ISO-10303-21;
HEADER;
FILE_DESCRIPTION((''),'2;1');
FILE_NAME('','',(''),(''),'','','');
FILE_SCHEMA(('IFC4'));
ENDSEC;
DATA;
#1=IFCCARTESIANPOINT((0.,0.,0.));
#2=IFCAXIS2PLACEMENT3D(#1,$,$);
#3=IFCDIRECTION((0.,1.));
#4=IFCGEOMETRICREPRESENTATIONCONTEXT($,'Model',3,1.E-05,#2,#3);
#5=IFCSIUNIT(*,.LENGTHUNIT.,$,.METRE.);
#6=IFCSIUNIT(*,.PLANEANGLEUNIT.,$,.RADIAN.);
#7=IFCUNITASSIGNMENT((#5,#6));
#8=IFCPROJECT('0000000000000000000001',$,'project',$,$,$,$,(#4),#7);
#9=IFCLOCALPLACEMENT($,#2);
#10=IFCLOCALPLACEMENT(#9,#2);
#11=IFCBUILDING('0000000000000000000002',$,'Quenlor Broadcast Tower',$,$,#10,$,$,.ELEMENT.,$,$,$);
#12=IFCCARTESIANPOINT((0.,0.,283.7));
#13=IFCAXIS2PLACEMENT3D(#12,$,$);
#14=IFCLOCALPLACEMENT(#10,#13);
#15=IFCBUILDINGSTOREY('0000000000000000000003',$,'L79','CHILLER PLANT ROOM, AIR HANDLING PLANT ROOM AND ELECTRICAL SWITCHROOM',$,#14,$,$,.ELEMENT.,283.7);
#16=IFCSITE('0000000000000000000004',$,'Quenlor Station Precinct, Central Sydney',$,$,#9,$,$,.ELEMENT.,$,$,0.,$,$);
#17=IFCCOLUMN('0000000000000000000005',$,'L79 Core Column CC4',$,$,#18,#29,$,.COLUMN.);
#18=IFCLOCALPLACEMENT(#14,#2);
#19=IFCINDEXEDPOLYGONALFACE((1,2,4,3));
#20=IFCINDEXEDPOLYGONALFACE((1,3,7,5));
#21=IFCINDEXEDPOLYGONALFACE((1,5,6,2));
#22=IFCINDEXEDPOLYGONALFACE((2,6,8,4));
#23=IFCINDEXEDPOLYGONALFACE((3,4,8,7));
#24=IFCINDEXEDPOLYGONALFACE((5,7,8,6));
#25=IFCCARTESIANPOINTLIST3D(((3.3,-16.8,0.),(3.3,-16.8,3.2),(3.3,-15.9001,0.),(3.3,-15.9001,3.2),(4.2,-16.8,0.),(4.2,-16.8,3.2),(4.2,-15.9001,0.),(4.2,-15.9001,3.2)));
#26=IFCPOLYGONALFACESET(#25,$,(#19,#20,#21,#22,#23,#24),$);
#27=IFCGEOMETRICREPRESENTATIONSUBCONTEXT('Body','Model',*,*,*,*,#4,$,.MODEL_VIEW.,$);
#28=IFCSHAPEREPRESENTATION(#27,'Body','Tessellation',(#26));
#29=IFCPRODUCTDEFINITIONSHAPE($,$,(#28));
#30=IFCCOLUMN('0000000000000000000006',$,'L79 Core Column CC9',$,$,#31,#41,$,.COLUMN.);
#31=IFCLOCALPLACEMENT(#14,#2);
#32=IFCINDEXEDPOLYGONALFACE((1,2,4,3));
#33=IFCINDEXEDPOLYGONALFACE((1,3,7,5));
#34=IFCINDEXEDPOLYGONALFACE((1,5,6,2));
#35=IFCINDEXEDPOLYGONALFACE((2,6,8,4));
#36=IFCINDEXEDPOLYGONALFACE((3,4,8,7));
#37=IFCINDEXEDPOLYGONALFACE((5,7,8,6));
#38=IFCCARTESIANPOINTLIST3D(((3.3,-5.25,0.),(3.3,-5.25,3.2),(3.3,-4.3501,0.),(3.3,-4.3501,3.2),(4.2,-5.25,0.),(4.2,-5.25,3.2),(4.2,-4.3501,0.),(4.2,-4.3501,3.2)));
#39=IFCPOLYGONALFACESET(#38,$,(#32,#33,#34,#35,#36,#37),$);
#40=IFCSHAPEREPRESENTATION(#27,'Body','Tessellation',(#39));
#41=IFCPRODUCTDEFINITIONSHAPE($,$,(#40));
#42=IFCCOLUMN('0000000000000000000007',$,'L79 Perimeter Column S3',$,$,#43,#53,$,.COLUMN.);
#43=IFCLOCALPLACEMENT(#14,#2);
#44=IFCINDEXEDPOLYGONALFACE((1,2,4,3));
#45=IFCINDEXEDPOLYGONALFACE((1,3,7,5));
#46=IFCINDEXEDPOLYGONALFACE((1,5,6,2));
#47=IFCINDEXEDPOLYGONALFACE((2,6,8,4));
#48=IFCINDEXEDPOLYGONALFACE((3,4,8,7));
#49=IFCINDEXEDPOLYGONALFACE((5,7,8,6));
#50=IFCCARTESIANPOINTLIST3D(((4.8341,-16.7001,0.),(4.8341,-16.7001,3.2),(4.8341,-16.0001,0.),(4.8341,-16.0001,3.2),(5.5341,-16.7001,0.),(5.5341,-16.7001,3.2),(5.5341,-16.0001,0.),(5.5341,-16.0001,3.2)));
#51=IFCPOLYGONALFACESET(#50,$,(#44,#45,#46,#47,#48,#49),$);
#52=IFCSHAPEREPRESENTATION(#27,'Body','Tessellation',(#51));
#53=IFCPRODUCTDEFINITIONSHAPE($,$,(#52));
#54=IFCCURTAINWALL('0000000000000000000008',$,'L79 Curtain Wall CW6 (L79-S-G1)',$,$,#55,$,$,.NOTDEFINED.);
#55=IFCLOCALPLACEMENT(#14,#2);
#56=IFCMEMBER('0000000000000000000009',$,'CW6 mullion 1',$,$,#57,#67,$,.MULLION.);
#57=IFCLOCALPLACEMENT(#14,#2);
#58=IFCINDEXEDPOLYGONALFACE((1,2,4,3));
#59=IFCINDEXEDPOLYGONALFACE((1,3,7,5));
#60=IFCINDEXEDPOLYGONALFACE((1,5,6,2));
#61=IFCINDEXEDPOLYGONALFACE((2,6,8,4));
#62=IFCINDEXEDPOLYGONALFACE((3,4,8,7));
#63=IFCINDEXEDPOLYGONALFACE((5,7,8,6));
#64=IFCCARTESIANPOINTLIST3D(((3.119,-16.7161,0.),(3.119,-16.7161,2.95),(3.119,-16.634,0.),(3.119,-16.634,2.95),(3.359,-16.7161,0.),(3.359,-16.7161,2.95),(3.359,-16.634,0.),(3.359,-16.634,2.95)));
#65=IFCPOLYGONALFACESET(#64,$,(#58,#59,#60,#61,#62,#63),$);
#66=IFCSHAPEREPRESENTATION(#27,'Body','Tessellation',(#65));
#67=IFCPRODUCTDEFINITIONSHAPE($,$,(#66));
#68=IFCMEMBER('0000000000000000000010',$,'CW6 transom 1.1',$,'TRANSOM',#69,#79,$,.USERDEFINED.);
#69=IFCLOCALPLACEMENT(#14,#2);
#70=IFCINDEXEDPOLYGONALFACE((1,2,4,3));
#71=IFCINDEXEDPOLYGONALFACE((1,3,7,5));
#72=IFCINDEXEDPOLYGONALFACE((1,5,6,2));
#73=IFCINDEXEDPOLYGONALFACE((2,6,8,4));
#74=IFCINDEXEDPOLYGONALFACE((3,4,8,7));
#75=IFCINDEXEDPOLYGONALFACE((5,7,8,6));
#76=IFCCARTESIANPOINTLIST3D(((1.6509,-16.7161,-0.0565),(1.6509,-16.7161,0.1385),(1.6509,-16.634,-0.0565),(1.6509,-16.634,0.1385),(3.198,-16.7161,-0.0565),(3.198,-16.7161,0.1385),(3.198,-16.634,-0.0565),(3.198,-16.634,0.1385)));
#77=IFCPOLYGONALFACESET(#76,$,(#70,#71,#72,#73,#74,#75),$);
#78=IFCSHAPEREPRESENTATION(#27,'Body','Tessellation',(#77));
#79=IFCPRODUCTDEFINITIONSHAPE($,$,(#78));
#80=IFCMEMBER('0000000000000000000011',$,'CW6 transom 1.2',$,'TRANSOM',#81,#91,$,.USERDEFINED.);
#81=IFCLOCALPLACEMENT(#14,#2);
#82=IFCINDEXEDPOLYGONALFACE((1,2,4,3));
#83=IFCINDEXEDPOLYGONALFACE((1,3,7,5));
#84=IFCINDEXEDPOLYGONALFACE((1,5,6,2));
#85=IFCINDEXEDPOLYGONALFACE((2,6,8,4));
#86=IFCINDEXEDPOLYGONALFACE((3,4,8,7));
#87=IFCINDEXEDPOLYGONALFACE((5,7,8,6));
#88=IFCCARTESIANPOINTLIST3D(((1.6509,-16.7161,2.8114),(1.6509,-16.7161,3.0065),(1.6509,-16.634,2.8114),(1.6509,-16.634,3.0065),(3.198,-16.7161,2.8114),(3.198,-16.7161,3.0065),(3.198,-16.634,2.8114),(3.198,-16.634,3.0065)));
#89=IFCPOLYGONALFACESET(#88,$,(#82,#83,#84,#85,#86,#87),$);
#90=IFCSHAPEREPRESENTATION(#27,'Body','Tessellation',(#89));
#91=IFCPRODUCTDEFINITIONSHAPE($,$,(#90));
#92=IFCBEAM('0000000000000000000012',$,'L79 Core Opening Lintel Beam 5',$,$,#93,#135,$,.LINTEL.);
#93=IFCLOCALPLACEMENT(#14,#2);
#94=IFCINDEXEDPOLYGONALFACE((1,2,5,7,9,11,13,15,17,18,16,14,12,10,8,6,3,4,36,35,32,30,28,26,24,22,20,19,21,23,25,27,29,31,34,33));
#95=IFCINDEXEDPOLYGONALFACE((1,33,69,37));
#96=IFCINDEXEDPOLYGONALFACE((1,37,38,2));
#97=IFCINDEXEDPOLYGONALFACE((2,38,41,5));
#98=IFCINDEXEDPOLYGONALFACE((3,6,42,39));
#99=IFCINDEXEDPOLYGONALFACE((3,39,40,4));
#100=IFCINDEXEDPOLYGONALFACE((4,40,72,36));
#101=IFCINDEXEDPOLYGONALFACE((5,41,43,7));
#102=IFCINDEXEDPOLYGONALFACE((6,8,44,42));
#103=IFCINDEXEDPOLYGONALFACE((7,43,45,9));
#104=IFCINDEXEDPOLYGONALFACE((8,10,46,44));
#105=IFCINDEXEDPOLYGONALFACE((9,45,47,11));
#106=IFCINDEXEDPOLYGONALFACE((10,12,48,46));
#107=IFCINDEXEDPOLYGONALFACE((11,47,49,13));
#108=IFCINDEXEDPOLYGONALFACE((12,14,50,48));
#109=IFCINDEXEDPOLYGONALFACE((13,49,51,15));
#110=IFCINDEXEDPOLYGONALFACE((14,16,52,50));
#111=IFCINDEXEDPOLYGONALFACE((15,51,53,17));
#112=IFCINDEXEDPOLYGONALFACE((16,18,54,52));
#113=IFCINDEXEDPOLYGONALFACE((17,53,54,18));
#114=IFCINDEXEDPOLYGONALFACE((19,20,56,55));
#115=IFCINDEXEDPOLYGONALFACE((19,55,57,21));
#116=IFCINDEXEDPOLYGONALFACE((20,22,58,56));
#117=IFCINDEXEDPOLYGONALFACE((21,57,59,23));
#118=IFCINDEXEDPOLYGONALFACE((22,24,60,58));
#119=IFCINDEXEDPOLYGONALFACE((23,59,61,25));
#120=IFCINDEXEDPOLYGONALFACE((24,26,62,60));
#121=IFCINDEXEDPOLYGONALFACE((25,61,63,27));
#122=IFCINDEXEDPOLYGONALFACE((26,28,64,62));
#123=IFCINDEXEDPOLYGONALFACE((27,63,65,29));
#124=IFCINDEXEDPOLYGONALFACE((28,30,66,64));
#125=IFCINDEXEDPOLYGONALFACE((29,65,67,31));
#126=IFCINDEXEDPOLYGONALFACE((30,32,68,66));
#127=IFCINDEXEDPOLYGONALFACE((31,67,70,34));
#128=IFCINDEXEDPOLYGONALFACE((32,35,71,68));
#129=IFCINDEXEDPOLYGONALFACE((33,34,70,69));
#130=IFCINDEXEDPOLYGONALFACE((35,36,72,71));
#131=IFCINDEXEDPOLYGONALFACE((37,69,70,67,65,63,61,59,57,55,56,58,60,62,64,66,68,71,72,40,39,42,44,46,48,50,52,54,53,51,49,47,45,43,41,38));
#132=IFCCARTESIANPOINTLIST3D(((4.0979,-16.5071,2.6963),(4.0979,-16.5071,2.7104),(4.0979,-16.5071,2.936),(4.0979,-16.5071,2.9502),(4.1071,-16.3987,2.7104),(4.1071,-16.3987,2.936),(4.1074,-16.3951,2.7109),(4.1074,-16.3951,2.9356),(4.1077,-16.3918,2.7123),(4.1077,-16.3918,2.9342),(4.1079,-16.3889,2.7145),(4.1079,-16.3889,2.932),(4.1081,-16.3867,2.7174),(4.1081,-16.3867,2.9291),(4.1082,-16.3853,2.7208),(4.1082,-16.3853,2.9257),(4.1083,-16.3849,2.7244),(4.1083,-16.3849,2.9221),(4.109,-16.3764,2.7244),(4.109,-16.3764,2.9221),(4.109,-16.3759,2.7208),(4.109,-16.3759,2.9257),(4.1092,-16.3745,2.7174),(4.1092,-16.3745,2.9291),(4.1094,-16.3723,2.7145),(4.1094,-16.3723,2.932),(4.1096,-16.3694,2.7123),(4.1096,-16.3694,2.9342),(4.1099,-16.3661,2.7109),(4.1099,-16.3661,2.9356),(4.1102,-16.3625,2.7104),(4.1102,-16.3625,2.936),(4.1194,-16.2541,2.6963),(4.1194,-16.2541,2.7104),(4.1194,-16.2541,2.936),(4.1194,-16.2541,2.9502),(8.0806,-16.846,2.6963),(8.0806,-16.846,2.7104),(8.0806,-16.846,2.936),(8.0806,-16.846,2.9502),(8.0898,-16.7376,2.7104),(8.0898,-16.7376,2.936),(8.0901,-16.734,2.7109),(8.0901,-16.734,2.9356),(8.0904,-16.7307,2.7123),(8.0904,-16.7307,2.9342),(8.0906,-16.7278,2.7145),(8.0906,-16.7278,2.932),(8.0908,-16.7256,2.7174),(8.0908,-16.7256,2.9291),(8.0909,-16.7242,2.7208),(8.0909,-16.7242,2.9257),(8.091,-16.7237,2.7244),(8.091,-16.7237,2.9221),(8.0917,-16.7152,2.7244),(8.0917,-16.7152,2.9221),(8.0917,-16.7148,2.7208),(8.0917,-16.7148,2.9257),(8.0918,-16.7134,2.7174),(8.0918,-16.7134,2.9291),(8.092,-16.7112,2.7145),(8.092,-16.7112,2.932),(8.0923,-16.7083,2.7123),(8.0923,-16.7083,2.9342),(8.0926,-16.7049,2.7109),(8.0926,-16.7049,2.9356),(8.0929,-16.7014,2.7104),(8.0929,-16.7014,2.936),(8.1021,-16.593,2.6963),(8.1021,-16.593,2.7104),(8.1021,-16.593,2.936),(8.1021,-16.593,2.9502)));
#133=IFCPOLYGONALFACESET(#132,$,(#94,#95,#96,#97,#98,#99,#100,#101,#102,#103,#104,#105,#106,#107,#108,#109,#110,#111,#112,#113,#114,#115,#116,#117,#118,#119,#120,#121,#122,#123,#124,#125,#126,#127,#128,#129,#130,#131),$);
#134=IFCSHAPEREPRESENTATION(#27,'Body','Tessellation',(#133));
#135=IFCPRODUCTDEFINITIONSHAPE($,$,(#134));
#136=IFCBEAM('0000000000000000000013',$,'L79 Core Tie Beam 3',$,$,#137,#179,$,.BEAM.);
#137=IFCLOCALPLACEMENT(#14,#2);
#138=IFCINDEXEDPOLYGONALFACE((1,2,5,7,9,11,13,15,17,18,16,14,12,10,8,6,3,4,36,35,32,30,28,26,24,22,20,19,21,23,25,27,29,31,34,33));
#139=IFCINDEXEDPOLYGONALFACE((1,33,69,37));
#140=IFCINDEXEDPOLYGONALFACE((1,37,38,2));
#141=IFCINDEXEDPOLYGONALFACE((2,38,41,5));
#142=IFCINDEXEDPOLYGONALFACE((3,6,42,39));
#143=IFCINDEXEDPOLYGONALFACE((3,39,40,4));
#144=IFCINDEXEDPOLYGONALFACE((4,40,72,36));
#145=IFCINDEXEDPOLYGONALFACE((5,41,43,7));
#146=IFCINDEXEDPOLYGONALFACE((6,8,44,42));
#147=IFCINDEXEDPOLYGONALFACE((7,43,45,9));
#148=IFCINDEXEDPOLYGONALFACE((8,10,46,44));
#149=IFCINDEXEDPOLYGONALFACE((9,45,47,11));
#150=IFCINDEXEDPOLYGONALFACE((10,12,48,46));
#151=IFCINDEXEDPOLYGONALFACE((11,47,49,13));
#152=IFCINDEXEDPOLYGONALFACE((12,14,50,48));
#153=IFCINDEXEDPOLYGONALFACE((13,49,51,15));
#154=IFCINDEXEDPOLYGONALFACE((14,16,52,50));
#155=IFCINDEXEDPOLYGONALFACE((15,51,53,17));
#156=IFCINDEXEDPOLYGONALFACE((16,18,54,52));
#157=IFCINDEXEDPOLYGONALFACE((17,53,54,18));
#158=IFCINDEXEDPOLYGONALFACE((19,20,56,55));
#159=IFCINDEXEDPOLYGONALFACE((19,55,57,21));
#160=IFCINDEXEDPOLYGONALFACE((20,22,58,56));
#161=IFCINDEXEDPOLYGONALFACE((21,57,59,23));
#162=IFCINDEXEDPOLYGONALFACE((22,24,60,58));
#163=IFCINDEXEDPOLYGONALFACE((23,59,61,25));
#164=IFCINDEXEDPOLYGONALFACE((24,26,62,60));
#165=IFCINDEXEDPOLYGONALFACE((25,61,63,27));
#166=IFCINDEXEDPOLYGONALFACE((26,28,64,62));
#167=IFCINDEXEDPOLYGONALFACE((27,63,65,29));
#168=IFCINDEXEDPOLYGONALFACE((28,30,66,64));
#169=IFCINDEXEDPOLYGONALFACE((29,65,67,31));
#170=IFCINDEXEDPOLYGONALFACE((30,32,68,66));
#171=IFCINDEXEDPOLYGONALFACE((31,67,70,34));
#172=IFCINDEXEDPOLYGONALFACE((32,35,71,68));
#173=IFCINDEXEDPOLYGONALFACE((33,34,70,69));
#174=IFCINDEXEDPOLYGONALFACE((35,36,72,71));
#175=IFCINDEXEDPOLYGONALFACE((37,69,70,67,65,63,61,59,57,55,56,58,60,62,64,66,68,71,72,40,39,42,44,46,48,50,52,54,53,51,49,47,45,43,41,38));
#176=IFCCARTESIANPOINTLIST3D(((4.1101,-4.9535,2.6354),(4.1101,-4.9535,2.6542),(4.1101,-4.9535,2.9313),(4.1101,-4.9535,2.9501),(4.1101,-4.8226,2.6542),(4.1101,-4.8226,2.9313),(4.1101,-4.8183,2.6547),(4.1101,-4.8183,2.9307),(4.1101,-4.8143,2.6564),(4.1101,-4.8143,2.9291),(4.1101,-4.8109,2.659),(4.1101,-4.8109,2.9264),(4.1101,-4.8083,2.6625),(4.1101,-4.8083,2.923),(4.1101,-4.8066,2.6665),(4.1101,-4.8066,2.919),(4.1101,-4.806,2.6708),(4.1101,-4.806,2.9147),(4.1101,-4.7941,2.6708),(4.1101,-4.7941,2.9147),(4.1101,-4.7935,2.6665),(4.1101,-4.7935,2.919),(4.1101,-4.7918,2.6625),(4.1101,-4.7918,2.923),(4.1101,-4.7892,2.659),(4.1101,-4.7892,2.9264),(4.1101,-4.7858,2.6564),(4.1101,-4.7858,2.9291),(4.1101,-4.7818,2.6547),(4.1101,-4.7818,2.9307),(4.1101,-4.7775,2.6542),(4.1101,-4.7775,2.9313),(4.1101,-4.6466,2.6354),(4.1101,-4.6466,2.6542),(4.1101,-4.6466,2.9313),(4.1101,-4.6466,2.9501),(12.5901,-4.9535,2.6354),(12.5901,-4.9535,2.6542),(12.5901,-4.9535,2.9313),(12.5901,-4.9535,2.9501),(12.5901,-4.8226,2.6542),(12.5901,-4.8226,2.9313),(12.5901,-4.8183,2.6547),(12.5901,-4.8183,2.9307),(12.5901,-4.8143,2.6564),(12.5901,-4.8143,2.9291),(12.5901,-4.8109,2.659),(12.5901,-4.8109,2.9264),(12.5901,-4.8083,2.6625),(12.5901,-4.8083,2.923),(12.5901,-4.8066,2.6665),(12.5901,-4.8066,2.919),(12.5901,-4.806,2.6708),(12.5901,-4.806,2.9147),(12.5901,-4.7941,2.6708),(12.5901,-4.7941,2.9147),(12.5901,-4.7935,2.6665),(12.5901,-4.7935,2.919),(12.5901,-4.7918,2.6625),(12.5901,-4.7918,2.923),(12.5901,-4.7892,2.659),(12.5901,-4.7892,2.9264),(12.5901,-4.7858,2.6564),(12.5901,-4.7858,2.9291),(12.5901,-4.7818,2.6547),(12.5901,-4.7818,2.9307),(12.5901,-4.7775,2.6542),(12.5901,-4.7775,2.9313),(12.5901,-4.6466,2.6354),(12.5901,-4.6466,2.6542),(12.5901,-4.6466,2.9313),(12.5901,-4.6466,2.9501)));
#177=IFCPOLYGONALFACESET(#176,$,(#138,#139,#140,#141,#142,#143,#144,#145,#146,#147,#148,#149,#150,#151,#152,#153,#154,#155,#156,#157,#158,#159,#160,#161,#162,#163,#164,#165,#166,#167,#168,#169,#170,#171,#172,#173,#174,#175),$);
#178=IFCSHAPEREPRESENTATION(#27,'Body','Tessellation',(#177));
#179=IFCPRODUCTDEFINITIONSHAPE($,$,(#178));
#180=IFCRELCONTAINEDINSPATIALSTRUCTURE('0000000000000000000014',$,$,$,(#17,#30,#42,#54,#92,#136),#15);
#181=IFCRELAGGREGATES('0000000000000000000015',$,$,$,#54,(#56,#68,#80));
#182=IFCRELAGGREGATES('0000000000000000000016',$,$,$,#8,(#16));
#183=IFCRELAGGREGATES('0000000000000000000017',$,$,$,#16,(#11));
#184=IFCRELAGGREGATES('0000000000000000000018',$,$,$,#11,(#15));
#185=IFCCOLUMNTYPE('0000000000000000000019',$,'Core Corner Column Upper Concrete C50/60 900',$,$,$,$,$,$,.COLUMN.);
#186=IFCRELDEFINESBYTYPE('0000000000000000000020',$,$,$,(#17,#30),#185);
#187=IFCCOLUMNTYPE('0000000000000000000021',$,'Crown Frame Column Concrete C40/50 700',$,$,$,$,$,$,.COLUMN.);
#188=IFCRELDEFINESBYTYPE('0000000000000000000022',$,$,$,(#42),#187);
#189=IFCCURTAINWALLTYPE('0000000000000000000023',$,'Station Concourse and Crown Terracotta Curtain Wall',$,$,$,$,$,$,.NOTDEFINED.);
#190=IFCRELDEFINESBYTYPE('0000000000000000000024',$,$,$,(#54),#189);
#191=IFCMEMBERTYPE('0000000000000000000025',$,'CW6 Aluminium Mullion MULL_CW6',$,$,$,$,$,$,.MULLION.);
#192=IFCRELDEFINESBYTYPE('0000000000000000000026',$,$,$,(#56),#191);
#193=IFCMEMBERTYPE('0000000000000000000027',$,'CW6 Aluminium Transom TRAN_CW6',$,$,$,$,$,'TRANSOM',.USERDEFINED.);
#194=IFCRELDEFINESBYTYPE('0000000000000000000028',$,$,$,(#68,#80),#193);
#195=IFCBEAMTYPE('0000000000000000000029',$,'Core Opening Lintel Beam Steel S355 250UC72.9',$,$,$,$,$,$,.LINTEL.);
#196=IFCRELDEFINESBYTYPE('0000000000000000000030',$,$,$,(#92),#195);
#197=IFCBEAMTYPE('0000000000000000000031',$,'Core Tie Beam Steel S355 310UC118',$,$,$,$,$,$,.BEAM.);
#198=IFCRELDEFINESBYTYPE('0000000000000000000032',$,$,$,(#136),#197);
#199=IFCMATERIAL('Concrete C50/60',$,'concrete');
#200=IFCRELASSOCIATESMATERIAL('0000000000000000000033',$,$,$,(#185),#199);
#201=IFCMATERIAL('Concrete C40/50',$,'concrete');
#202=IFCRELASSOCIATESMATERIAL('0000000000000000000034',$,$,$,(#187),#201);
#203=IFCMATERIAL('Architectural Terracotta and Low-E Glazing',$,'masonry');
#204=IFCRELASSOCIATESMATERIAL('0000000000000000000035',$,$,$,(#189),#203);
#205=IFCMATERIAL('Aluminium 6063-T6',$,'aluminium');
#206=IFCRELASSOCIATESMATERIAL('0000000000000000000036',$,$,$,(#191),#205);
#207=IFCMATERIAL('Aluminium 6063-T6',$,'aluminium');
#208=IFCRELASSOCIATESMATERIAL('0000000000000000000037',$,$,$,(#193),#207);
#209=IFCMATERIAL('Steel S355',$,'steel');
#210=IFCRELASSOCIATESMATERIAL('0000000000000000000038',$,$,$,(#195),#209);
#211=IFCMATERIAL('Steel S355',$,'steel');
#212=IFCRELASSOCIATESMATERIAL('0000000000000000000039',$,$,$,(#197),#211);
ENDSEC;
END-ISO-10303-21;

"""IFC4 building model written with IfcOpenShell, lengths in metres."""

from ifc_helpers import new_model, si_unit, direction, frame, origin, origin_2d, place, context, subcontext, project, spatial, rectangle, i_section, extrude, material, material_profile, profile_set, type_object, element, aggregate, save


model = new_model("IFC4")

# Units and contexts
model_context = context("Model", 3, precision=1e-05, world=origin(), true_north=direction((0.0, 1.0)))
body_context = subcontext(model_context, "Body", "Model", "MODEL_VIEW")
ifc_project = project(units=[si_unit("LENGTHUNIT", "METRE"), si_unit("PLANEANGLEUNIT", "RADIAN")], contexts=[model_context])

# Site, building, storey
site_placement = place(None, origin())
site = spatial("IfcSite", under=ifc_project, at=site_placement, Name="Quenlor Station Precinct, Central Sydney", CompositionType="ELEMENT", RefElevation=0.0)
building_placement = place(site_placement, origin())
building = spatial("IfcBuilding", under=site, at=building_placement, Name="Quenlor Broadcast Tower", CompositionType="ELEMENT")
storey_placement = place(building_placement, frame((0.0, 0.0, 283.7)))
storey = spatial("IfcBuildingStorey", under=building, at=storey_placement, Name="L79", Description="CHILLER PLANT ROOM, AIR HANDLING PLANT ROOM AND ELECTRICAL SWITCHROOM", CompositionType="ELEMENT", Elevation=283.7)

# Columns
ifc_material_1 = material(Name="Concrete C50/60", Category="concrete")
ifc_material_profile_1 = material_profile(ifc_material_1, rectangle(XDim=0.8999, YDim=0.8999, at=origin_2d()))
ifc_profile_set_1 = profile_set([ifc_material_profile_1], Name="Concrete C50/60 RC900x900")
column_type_1 = type_object("IfcColumnType", Name="Core Corner Column Upper Concrete C50/60 900", PredefinedType="COLUMN", material=ifc_profile_set_1)
for number, where, z_axis, x_axis, name in (
    (1, (3.75, -16.3501, 0.0), (0.0, 0.0, 1.0), (1.0, 0.0, 0.0), "L79 Core Column CC4"),
    (2, (3.75, -4.8, 0.0), (0.0, 0.0, 1.0), (1.0, 0.0, 0.0), "L79 Core Column CC9"),
):
    element("IfcColumn", number, at=place(storey_placement, frame(where, z_axis=z_axis, x_axis=x_axis)), inside=storey, type_object=column_type_1, Name=name, PredefinedType="COLUMN", context=body_context, shape_type="SweptSolid", body=[
        extrude(rectangle(XDim=0.8999, YDim=0.8999, at=origin_2d()), origin(), (0.0, 0.0, 1.0), 3.2),
    ])
ifc_material_2 = material(Name="Concrete C40/50", Category="concrete")
ifc_material_profile_2 = material_profile(ifc_material_2, rectangle(XDim=0.7, YDim=0.7, at=origin_2d()))
ifc_profile_set_2 = profile_set([ifc_material_profile_2], Name="Concrete C40/50 RC700x700")
column_type_2 = type_object("IfcColumnType", Name="Crown Frame Column Concrete C40/50 700", PredefinedType="COLUMN", material=ifc_profile_set_2)
column_placement = place(storey_placement, frame((5.1841, -16.3501, 0.0), z_axis=(0.0, 0.0, 1.0), x_axis=(0.0, 1.0, 0.0)))
element("IfcColumn", 3, at=column_placement, inside=storey, type_object=column_type_2, Name="L79 Perimeter Column S3", PredefinedType="COLUMN", context=body_context, shape_type="SweptSolid", body=[
    extrude(rectangle(XDim=0.7, YDim=0.7, at=origin_2d()), origin(), (0.0, 0.0, 1.0), 3.2),
])

# Curtain wall, members
ifc_material_3 = material(Name="Architectural Terracotta and Low-E Glazing", Category="masonry")
curtain_wall_type = type_object("IfcCurtainWallType", Name="Station Concourse and Crown Terracotta Curtain Wall", PredefinedType="NOTDEFINED", material=ifc_material_3)
curtain_wall_placement = place(storey_placement, origin())
curtain_wall = element("IfcCurtainWall", 4, at=curtain_wall_placement, inside=storey, type_object=curtain_wall_type, Name="L79 Curtain Wall CW6 (L79-S-G1)", PredefinedType="NOTDEFINED")
ifc_material_4 = material(Name="Aluminium 6063-T6", Category="aluminium")
ifc_material_profile_3 = material_profile(ifc_material_4, rectangle(XDim=0.082, YDim=0.24, at=origin_2d()))
ifc_profile_set_3 = profile_set([ifc_material_profile_3], Name="Aluminium 6063-T6 MULL82x240")
member_type_1 = type_object("IfcMemberType", Name="CW6 Aluminium Mullion MULL_CW6", PredefinedType="MULLION", material=ifc_profile_set_3)
member_1_placement = place(storey_placement, frame((3.239, -16.675, 0.0), z_axis=(0.0, 0.0, 1.0), x_axis=(0.0, -1.0, 0.0)))
member_1 = element("IfcMember", 5, at=member_1_placement, type_object=member_type_1, Name="CW6 mullion 1", PredefinedType="MULLION", context=body_context, shape_type="SweptSolid", body=[
    extrude(rectangle(XDim=0.082, YDim=0.24, at=origin_2d()), origin(), (0.0, 0.0, 1.0), 2.95),
])
ifc_material_5 = material(Name="Aluminium 6063-T6", Category="aluminium")
ifc_material_profile_4 = material_profile(ifc_material_5, rectangle(XDim=0.082, YDim=0.1951, at=origin_2d()))
ifc_profile_set_4 = profile_set([ifc_material_profile_4], Name="Aluminium 6063-T6 TRAN82x195")
member_type_2 = type_object("IfcMemberType", Name="CW6 Aluminium Transom TRAN_CW6", ElementType="TRANSOM", PredefinedType="USERDEFINED", material=ifc_profile_set_4)
member_2_placement = place(storey_placement, frame((3.198, -16.675, 0.041), z_axis=(-1.0, 0.0, 0.0), x_axis=(0.0, -1.0, 0.0)))
member_2 = element("IfcMember", 6, at=member_2_placement, type_object=member_type_2, Name="CW6 transom 1.1", ObjectType="TRANSOM", PredefinedType="USERDEFINED", context=body_context, shape_type="SweptSolid", body=[
    extrude(rectangle(XDim=0.082, YDim=0.1951, at=origin_2d()), origin(), (0.0, 0.0, 1.0), 1.5471),
])
member_3_placement = place(storey_placement, frame((3.198, -16.675, 2.9089), z_axis=(-1.0, 0.0, 0.0), x_axis=(0.0, -1.0, 0.0)))
member_3 = element("IfcMember", 7, at=member_3_placement, type_object=member_type_2, Name="CW6 transom 1.2", ObjectType="TRANSOM", PredefinedType="USERDEFINED", context=body_context, shape_type="SweptSolid", body=[
    extrude(rectangle(XDim=0.082, YDim=0.1951, at=origin_2d()), origin(), (0.0, 0.0, 1.0), 1.5471),
])
aggregate(curtain_wall, [member_1, member_2, member_3])

# Beams
ifc_material_6 = material(Name="Steel S355", Category="steel")
ifc_material_profile_5 = material_profile(ifc_material_6, i_section(OverallWidth=0.2539, OverallDepth=0.2539, WebThickness=0.0085, FlangeThickness=0.0142, FilletRadius=0.0139, at=origin_2d()))
ifc_profile_set_5 = profile_set([ifc_material_profile_5], Name="Steel S355 250UC72.9")
beam_type_1 = type_object("IfcBeamType", Name="Core Opening Lintel Beam Steel S355 250UC72.9", PredefinedType="LINTEL", material=ifc_profile_set_5)
beam_1_placement = place(storey_placement, frame((4.1086, -16.3806, 2.8232), z_axis=(0.9964, -0.084779, 0.0), x_axis=(0.084779, 0.9964, 0.0)))
element("IfcBeam", 8, at=beam_1_placement, inside=storey, type_object=beam_type_1, Name="L79 Core Opening Lintel Beam 5", PredefinedType="LINTEL", context=body_context, shape_type="SweptSolid", body=[
    extrude(i_section(OverallWidth=0.2539, OverallDepth=0.2539, WebThickness=0.0085, FlangeThickness=0.0142, FilletRadius=0.0139, at=origin_2d()), origin(), (0.0, 0.0, 1.0), 3.9971),
])
ifc_material_7 = material(Name="Steel S355", Category="steel")
ifc_material_profile_6 = material_profile(ifc_material_7, i_section(OverallWidth=0.3069, OverallDepth=0.3147, WebThickness=0.012, FlangeThickness=0.0188, FilletRadius=0.0166, at=origin_2d()))
ifc_profile_set_6 = profile_set([ifc_material_profile_6], Name="Steel S355 310UC118")
beam_type_2 = type_object("IfcBeamType", Name="Core Tie Beam Steel S355 310UC118", PredefinedType="BEAM", material=ifc_profile_set_6)
beam_2_placement = place(storey_placement, frame((4.1101, -4.8, 2.7927), z_axis=(1.0, 0.0, 0.0), x_axis=(0.0, 1.0, 0.0)))
element("IfcBeam", 9, at=beam_2_placement, inside=storey, type_object=beam_type_2, Name="L79 Core Tie Beam 3", PredefinedType="BEAM", context=body_context, shape_type="SweptSolid", body=[
    extrude(i_section(OverallWidth=0.3069, OverallDepth=0.3147, WebThickness=0.012, FlangeThickness=0.0188, FilletRadius=0.0166, at=origin_2d()), origin(), (0.0, 0.0, 1.0), 8.48),
])

save(model, "model.ifc")
